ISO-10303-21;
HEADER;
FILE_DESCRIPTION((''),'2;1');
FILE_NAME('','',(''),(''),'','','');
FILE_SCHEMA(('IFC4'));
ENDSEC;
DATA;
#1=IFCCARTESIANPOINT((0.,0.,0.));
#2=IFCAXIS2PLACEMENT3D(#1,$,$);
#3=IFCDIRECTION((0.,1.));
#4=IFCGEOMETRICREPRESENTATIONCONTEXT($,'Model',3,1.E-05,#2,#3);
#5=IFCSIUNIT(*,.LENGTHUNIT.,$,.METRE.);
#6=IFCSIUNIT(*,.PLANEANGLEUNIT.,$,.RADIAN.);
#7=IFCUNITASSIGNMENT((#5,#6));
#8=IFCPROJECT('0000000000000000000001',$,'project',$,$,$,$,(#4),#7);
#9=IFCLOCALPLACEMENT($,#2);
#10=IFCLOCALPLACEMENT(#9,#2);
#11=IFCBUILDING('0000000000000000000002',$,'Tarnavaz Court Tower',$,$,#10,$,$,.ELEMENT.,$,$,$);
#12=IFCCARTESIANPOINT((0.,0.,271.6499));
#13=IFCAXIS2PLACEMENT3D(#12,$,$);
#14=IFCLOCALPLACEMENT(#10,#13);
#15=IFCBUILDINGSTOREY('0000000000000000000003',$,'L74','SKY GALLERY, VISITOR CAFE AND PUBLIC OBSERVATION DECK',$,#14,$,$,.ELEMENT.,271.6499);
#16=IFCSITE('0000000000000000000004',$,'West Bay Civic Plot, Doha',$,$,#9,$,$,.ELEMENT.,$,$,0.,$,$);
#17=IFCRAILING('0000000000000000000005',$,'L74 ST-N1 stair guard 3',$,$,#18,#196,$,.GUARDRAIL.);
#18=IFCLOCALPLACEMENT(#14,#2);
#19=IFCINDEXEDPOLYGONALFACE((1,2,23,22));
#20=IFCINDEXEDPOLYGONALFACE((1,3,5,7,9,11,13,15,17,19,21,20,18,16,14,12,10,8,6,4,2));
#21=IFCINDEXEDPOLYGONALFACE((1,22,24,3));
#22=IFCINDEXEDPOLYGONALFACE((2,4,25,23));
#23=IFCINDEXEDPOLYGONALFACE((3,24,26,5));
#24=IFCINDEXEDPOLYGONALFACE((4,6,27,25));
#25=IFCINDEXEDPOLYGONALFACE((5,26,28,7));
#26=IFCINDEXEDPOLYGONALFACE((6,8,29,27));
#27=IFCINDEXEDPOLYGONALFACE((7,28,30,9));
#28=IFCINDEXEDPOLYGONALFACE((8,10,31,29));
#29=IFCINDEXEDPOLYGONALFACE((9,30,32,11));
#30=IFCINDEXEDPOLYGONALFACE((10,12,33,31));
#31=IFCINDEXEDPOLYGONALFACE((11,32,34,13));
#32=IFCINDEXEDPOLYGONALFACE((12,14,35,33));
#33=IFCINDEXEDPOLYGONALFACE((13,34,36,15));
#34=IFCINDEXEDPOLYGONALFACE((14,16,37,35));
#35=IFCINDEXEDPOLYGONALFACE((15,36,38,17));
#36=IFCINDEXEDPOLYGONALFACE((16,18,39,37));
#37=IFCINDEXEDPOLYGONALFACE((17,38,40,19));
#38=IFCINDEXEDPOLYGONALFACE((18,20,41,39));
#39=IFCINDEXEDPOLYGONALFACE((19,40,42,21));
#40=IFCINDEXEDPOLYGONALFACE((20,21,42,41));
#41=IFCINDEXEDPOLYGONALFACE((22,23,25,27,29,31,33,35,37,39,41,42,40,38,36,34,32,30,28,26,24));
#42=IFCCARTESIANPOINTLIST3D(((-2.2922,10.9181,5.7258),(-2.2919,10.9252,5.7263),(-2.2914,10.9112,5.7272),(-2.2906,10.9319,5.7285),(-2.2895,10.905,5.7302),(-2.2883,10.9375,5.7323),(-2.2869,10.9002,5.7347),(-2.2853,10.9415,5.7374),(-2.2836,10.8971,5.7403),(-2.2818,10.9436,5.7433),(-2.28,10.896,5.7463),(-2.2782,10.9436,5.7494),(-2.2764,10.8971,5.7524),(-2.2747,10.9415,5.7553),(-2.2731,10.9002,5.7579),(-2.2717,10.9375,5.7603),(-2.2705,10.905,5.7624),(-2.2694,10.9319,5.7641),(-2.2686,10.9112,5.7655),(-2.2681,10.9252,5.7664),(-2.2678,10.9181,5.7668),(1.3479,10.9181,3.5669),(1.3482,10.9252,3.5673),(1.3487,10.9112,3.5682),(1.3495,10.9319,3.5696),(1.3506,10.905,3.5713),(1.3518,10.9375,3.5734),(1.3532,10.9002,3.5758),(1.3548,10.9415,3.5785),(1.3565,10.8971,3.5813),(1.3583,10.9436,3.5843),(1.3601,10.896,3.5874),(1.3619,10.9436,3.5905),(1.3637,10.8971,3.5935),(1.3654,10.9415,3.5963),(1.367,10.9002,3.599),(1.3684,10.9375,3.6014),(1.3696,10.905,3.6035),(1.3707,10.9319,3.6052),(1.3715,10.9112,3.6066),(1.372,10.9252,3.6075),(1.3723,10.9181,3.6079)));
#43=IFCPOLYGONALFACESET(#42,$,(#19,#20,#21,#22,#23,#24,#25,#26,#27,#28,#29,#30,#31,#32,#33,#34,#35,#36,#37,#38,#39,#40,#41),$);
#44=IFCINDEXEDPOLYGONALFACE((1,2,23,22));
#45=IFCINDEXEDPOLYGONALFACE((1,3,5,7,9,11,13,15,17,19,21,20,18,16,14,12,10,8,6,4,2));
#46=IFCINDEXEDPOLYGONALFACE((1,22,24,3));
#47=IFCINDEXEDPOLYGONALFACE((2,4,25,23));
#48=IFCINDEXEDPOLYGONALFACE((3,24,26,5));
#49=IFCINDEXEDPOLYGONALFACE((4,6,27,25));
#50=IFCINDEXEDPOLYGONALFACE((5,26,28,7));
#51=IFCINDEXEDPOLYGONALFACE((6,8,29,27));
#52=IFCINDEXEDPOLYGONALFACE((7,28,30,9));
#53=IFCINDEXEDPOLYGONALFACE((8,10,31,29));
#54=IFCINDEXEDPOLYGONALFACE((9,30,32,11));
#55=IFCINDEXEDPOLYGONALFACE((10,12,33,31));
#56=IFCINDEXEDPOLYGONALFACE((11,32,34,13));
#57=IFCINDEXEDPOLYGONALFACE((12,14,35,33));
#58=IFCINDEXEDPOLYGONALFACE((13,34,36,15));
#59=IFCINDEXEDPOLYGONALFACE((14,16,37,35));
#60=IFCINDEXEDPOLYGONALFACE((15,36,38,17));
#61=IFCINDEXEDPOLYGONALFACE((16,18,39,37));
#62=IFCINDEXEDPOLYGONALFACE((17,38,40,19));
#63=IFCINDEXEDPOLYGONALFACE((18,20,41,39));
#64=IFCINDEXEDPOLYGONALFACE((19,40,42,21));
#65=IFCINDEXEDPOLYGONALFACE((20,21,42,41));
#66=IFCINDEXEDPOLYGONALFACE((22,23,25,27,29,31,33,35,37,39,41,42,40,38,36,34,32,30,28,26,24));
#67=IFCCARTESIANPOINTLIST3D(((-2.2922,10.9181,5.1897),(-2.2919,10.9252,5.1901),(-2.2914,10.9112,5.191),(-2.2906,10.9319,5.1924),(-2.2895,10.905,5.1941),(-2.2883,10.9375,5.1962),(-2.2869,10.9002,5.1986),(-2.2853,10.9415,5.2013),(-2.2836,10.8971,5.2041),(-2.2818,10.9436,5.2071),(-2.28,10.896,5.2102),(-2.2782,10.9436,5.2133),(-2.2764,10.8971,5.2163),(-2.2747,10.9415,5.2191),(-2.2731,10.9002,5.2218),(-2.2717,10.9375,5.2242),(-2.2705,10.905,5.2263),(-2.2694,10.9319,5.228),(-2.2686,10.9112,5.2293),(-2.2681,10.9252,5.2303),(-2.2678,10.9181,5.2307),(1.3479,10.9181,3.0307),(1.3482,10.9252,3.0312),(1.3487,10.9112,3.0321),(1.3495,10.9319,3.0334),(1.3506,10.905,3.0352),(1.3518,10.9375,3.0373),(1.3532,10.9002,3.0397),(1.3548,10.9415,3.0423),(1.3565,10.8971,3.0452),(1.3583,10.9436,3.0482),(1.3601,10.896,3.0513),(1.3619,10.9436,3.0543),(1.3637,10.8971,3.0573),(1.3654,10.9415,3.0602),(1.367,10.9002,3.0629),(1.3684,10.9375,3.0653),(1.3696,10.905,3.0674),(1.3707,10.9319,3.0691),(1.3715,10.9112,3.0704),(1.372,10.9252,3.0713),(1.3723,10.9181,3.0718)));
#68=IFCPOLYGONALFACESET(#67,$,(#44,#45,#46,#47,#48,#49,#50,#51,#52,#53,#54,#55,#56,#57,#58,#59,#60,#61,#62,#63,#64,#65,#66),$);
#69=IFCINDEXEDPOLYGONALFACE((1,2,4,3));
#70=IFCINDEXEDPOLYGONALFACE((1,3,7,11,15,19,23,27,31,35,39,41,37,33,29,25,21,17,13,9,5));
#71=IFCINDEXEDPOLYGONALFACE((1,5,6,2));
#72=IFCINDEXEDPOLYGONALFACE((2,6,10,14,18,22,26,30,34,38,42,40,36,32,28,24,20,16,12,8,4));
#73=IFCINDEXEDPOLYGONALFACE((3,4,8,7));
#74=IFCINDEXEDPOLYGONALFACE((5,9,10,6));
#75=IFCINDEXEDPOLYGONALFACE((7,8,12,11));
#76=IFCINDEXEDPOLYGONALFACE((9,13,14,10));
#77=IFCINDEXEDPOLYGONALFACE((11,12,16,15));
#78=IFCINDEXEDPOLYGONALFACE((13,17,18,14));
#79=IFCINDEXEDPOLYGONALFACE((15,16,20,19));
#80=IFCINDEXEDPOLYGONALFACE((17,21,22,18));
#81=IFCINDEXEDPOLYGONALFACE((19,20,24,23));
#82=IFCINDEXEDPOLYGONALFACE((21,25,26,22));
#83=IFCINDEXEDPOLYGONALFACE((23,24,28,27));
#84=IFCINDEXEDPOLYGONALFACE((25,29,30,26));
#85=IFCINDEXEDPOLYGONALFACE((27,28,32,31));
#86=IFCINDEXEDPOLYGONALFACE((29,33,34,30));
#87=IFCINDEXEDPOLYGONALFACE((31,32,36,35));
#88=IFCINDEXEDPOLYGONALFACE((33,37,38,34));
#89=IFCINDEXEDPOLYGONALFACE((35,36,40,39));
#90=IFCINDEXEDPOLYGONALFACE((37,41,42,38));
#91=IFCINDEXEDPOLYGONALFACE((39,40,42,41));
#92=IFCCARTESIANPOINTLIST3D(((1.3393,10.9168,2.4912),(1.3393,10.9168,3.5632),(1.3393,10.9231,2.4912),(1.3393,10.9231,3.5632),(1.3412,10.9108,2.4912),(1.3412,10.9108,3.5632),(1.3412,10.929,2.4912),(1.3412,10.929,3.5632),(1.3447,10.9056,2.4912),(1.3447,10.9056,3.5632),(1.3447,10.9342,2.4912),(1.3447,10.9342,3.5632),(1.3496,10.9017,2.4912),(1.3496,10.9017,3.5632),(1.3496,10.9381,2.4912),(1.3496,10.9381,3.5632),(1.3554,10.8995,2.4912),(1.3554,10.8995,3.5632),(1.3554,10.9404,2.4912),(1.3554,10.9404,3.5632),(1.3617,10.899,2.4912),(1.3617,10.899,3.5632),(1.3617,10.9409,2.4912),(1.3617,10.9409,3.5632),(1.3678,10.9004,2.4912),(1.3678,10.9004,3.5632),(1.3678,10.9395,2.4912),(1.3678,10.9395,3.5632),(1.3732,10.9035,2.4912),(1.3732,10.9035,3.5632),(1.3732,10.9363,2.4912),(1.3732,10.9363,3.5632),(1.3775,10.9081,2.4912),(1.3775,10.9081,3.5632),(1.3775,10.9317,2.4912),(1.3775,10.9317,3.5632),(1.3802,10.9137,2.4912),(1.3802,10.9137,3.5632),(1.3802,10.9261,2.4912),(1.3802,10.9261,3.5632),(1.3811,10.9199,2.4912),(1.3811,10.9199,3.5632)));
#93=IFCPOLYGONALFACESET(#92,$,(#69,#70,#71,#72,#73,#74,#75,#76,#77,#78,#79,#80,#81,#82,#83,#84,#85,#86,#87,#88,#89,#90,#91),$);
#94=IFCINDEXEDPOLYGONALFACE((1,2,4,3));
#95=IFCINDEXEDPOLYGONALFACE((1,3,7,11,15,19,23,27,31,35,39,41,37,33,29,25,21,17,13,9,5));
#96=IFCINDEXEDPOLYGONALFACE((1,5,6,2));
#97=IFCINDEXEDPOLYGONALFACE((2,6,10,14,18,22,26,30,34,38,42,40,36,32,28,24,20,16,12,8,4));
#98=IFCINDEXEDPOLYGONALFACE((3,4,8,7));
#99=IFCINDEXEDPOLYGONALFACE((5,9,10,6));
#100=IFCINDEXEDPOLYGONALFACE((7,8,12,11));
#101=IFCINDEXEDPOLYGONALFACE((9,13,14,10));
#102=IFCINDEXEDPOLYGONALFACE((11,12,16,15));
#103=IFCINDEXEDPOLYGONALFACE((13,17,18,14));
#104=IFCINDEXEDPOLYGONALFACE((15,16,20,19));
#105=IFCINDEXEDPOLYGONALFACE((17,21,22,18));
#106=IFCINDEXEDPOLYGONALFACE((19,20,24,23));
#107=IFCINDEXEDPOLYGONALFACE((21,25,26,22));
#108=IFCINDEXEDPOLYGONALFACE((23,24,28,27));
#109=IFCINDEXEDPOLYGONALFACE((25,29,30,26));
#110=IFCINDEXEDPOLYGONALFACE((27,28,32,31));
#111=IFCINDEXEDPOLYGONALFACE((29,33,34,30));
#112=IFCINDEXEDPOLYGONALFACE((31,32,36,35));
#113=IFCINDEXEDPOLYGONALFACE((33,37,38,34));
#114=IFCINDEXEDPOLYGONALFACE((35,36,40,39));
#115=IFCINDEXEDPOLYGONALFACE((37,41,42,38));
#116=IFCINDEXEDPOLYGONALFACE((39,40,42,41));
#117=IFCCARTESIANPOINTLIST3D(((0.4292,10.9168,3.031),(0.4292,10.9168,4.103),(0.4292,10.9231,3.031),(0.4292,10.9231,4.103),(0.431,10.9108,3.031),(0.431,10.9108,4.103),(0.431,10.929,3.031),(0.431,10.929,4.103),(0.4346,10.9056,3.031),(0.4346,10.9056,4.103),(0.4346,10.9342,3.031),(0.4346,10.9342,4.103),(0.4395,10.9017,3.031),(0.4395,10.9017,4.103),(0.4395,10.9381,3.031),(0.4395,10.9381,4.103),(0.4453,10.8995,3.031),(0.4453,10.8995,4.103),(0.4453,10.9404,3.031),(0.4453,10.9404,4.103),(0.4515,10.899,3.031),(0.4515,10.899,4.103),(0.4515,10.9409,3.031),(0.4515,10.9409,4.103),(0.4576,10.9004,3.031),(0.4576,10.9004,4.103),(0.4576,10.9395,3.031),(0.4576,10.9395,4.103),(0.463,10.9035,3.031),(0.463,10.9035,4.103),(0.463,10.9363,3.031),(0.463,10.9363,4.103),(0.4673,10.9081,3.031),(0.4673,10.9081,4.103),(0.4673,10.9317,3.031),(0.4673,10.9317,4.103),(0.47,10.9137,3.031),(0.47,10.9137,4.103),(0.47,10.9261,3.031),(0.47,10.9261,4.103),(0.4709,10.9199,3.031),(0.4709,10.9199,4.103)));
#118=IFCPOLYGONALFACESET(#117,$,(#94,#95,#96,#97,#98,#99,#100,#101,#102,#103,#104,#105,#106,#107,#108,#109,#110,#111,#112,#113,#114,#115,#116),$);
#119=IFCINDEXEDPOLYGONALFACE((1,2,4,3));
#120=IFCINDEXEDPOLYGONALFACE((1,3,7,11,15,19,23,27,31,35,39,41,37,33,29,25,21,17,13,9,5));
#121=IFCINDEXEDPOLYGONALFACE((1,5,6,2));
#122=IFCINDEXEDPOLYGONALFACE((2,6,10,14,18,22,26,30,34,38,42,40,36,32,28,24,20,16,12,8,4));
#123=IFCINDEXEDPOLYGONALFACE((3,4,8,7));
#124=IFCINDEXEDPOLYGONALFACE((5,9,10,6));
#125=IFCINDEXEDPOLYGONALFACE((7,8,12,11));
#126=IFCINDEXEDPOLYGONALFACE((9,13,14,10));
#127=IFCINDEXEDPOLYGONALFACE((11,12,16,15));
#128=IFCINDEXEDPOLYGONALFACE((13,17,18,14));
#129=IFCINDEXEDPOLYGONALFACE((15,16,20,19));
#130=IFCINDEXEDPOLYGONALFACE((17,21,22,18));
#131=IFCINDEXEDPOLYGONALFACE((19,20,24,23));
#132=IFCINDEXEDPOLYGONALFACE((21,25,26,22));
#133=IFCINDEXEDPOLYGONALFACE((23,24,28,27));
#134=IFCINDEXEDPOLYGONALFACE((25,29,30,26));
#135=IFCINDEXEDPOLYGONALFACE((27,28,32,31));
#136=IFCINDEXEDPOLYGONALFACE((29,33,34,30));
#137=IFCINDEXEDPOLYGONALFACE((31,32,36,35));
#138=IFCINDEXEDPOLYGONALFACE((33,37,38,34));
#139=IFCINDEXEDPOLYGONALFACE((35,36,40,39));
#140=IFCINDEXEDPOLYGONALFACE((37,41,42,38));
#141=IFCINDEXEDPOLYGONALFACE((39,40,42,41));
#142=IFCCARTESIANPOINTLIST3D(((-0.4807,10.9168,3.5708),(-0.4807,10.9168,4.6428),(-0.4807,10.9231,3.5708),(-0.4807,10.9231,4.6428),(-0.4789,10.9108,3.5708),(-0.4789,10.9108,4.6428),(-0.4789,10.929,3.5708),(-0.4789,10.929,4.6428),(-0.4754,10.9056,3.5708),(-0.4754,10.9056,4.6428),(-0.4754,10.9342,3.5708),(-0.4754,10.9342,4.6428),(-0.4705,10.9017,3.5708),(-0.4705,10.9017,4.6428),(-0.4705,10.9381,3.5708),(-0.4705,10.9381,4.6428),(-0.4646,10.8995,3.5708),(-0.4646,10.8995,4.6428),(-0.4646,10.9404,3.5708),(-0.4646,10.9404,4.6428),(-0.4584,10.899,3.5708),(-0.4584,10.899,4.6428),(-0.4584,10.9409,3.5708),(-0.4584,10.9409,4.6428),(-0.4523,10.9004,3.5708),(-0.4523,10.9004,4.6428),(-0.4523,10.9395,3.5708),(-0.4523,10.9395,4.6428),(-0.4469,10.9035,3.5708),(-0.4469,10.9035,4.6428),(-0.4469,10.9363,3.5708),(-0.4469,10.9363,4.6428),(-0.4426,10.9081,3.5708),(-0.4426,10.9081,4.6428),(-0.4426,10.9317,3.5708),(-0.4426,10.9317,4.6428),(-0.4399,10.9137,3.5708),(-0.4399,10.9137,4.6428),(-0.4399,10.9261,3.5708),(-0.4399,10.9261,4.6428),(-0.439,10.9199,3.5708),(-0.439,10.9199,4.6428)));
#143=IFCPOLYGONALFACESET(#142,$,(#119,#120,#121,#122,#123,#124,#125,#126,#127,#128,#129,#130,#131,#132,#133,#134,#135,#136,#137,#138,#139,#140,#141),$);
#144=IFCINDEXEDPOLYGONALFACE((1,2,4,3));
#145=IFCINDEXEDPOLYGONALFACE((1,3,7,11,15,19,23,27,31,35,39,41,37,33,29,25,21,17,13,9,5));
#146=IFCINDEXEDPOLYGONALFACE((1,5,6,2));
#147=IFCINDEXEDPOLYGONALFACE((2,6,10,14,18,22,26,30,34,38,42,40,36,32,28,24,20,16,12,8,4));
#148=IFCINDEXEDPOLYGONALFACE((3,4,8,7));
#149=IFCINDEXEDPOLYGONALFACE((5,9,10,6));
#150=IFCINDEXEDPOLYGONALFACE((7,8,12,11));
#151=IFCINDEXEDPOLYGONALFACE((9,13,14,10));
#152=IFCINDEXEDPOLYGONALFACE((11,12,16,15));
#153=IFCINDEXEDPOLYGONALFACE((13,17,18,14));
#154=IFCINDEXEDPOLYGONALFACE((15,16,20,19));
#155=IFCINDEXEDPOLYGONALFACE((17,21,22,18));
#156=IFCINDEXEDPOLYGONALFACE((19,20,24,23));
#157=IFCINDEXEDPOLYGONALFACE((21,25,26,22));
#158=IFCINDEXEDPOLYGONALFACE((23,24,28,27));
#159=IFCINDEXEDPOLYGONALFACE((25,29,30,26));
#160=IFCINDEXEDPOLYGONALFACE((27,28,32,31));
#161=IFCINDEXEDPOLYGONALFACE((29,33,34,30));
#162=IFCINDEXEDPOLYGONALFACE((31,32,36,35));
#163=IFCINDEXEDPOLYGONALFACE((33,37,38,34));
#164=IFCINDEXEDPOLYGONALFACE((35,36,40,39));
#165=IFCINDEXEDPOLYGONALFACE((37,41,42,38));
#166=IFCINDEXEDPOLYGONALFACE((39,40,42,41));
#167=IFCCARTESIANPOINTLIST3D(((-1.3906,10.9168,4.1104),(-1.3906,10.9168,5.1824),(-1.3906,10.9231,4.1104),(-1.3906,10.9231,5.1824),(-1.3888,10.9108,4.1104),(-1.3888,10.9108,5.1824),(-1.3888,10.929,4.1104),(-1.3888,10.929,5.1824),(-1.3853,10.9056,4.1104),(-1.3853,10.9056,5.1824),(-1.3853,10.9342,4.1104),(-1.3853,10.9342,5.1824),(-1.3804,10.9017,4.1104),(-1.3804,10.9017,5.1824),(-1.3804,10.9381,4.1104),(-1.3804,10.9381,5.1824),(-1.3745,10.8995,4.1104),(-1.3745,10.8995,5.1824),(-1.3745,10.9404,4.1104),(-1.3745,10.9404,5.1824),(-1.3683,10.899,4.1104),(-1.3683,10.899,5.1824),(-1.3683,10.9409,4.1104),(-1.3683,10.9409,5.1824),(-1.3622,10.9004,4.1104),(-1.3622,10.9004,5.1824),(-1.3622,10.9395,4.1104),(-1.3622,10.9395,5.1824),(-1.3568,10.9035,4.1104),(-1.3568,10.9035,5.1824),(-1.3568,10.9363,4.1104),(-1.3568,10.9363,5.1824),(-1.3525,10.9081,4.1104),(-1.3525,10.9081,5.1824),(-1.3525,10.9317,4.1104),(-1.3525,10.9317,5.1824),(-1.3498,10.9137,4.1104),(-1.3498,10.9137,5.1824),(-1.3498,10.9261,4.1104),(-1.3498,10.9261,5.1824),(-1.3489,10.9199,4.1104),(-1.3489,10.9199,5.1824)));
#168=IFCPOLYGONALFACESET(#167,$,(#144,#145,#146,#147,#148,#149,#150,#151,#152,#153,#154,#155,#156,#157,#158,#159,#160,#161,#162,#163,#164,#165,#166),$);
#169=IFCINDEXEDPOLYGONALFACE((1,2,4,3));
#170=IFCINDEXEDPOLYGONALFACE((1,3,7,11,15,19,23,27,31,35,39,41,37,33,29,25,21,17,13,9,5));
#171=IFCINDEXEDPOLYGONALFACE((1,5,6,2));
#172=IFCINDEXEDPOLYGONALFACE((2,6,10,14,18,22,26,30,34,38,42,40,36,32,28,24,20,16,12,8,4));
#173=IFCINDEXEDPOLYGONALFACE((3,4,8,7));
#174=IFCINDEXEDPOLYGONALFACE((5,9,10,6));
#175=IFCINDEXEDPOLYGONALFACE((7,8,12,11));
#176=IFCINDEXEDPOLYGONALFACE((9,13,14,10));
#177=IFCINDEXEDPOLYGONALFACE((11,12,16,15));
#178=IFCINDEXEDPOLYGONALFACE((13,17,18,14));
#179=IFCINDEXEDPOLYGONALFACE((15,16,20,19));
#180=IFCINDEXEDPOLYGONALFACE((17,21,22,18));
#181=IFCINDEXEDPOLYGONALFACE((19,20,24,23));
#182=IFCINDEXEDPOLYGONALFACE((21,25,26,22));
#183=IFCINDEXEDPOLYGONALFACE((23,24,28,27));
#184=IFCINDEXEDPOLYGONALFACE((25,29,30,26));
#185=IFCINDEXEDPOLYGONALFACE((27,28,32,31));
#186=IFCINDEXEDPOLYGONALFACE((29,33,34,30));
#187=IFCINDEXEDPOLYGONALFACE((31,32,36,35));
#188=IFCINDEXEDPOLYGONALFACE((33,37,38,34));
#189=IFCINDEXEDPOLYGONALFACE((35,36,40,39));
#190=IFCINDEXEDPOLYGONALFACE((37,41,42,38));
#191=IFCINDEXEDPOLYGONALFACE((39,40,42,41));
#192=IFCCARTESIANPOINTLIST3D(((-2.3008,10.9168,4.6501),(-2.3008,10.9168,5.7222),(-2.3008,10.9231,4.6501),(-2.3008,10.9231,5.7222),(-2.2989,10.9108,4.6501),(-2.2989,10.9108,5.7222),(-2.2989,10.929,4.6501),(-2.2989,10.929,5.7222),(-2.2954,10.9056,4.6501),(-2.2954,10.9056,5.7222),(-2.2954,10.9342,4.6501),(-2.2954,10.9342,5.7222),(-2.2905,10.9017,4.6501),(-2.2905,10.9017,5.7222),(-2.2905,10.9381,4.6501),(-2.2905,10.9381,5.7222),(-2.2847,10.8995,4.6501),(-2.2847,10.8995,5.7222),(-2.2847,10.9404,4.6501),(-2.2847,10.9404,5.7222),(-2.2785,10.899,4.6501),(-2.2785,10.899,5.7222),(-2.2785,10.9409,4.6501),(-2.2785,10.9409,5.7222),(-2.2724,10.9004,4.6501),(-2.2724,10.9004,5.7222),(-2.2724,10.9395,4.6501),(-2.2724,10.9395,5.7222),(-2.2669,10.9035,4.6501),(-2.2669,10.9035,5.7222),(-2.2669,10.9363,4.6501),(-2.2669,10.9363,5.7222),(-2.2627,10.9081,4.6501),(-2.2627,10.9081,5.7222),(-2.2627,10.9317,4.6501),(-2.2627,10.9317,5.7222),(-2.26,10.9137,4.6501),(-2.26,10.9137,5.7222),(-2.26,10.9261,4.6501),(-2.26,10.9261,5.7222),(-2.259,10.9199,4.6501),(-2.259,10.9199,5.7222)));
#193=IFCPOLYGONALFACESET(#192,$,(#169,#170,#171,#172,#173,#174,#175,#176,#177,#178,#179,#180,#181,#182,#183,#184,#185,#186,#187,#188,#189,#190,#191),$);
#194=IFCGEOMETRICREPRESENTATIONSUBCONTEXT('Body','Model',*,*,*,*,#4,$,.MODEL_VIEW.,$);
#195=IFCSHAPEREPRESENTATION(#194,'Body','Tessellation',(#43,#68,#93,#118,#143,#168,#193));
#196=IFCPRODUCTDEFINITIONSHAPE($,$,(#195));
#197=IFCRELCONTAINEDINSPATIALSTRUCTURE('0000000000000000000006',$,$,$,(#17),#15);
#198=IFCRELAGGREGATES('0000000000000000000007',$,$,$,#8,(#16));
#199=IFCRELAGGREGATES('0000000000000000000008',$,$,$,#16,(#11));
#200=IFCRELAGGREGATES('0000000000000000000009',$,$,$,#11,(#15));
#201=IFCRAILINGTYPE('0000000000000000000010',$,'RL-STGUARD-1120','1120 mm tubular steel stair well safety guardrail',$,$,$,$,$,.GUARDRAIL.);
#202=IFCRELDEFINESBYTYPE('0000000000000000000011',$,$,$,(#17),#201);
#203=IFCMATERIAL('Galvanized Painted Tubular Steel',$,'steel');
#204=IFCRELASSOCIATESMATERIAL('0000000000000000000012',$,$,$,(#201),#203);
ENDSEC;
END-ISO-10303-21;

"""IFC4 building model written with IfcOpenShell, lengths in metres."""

from ifc_helpers import new_model, si_unit, direction, frame, origin, origin_2d, place, context, subcontext, project, spatial, circle, extrude, material, type_object, element, save


model = new_model("IFC4")

# Units and contexts
model_context = context("Model", 3, precision=1e-05, world=origin(), true_north=direction((0.0, 1.0)))
body_context = subcontext(model_context, "Body", "Model", "MODEL_VIEW")
ifc_project = project(units=[si_unit("LENGTHUNIT", "METRE"), si_unit("PLANEANGLEUNIT", "RADIAN")], contexts=[model_context])

# Site, building, storey
site_placement = place(None, origin())
site = spatial("IfcSite", under=ifc_project, at=site_placement, Name="West Bay Civic Plot, Doha", CompositionType="ELEMENT", RefElevation=0.0)
building_placement = place(site_placement, origin())
building = spatial("IfcBuilding", under=site, at=building_placement, Name="Tarnavaz Court Tower", CompositionType="ELEMENT")
storey_placement = place(building_placement, frame((0.0, 0.0, 271.6499)))
storey = spatial("IfcBuildingStorey", under=building, at=storey_placement, Name="L74", Description="SKY GALLERY, VISITOR CAFE AND PUBLIC OBSERVATION DECK", CompositionType="ELEMENT", Elevation=271.6499)

# Railing
ifc_material_1 = material(Name="Galvanized Painted Tubular Steel", Category="steel")
railing_type_1 = type_object("IfcRailingType", Name="RL-STGUARD-1120", Description="1120 mm tubular steel stair well safety guardrail", PredefinedType="GUARDRAIL", material=ifc_material_1)
railing_1_placement = place(storey_placement, frame((1.3601, 10.9199, 2.4912)))
element("IfcRailing", 1, at=railing_1_placement, inside=storey, type_object=railing_type_1, Name="L74 ST-N1 stair guard 3", PredefinedType="GUARDRAIL", context=body_context, shape_type="SweptSolid", body=[
    extrude(circle(Radius=0.0239, at=origin_2d()), frame((0.0, 0.0, 1.0962), z_axis=(-0.860103, 0.0, 0.51012), x_axis=(0.0, -1.0, 0.0)), (0.0, 0.0, 1.0), 4.2322),
    extrude(circle(Radius=0.0239, at=origin_2d()), frame((0.0, 0.0, 0.5601), z_axis=(-0.860103, 0.0, 0.51012), x_axis=(0.0, -1.0, 0.0)), (0.0, 0.0, 1.0), 4.2322),
    extrude(circle(Radius=0.021, at=origin_2d()), origin(), (0.0, 0.0, 1.0), 1.072),
    extrude(circle(Radius=0.021, at=origin_2d()), frame((-0.9102, 0.0, 0.5398)), (0.0, 0.0, 1.0), 1.072),
    extrude(circle(Radius=0.021, at=origin_2d()), frame((-1.8201, 0.0, 1.0796)), (0.0, 0.0, 1.0), 1.072),
    extrude(circle(Radius=0.021, at=origin_2d()), frame((-2.73, 0.0, 1.6191)), (0.0, 0.0, 1.0), 1.072),
    extrude(circle(Radius=0.021, at=origin_2d()), frame((-3.6401, 0.0, 2.1589)), (0.0, 0.0, 1.0), 1.072),
])

save(model, "model.ifc")
